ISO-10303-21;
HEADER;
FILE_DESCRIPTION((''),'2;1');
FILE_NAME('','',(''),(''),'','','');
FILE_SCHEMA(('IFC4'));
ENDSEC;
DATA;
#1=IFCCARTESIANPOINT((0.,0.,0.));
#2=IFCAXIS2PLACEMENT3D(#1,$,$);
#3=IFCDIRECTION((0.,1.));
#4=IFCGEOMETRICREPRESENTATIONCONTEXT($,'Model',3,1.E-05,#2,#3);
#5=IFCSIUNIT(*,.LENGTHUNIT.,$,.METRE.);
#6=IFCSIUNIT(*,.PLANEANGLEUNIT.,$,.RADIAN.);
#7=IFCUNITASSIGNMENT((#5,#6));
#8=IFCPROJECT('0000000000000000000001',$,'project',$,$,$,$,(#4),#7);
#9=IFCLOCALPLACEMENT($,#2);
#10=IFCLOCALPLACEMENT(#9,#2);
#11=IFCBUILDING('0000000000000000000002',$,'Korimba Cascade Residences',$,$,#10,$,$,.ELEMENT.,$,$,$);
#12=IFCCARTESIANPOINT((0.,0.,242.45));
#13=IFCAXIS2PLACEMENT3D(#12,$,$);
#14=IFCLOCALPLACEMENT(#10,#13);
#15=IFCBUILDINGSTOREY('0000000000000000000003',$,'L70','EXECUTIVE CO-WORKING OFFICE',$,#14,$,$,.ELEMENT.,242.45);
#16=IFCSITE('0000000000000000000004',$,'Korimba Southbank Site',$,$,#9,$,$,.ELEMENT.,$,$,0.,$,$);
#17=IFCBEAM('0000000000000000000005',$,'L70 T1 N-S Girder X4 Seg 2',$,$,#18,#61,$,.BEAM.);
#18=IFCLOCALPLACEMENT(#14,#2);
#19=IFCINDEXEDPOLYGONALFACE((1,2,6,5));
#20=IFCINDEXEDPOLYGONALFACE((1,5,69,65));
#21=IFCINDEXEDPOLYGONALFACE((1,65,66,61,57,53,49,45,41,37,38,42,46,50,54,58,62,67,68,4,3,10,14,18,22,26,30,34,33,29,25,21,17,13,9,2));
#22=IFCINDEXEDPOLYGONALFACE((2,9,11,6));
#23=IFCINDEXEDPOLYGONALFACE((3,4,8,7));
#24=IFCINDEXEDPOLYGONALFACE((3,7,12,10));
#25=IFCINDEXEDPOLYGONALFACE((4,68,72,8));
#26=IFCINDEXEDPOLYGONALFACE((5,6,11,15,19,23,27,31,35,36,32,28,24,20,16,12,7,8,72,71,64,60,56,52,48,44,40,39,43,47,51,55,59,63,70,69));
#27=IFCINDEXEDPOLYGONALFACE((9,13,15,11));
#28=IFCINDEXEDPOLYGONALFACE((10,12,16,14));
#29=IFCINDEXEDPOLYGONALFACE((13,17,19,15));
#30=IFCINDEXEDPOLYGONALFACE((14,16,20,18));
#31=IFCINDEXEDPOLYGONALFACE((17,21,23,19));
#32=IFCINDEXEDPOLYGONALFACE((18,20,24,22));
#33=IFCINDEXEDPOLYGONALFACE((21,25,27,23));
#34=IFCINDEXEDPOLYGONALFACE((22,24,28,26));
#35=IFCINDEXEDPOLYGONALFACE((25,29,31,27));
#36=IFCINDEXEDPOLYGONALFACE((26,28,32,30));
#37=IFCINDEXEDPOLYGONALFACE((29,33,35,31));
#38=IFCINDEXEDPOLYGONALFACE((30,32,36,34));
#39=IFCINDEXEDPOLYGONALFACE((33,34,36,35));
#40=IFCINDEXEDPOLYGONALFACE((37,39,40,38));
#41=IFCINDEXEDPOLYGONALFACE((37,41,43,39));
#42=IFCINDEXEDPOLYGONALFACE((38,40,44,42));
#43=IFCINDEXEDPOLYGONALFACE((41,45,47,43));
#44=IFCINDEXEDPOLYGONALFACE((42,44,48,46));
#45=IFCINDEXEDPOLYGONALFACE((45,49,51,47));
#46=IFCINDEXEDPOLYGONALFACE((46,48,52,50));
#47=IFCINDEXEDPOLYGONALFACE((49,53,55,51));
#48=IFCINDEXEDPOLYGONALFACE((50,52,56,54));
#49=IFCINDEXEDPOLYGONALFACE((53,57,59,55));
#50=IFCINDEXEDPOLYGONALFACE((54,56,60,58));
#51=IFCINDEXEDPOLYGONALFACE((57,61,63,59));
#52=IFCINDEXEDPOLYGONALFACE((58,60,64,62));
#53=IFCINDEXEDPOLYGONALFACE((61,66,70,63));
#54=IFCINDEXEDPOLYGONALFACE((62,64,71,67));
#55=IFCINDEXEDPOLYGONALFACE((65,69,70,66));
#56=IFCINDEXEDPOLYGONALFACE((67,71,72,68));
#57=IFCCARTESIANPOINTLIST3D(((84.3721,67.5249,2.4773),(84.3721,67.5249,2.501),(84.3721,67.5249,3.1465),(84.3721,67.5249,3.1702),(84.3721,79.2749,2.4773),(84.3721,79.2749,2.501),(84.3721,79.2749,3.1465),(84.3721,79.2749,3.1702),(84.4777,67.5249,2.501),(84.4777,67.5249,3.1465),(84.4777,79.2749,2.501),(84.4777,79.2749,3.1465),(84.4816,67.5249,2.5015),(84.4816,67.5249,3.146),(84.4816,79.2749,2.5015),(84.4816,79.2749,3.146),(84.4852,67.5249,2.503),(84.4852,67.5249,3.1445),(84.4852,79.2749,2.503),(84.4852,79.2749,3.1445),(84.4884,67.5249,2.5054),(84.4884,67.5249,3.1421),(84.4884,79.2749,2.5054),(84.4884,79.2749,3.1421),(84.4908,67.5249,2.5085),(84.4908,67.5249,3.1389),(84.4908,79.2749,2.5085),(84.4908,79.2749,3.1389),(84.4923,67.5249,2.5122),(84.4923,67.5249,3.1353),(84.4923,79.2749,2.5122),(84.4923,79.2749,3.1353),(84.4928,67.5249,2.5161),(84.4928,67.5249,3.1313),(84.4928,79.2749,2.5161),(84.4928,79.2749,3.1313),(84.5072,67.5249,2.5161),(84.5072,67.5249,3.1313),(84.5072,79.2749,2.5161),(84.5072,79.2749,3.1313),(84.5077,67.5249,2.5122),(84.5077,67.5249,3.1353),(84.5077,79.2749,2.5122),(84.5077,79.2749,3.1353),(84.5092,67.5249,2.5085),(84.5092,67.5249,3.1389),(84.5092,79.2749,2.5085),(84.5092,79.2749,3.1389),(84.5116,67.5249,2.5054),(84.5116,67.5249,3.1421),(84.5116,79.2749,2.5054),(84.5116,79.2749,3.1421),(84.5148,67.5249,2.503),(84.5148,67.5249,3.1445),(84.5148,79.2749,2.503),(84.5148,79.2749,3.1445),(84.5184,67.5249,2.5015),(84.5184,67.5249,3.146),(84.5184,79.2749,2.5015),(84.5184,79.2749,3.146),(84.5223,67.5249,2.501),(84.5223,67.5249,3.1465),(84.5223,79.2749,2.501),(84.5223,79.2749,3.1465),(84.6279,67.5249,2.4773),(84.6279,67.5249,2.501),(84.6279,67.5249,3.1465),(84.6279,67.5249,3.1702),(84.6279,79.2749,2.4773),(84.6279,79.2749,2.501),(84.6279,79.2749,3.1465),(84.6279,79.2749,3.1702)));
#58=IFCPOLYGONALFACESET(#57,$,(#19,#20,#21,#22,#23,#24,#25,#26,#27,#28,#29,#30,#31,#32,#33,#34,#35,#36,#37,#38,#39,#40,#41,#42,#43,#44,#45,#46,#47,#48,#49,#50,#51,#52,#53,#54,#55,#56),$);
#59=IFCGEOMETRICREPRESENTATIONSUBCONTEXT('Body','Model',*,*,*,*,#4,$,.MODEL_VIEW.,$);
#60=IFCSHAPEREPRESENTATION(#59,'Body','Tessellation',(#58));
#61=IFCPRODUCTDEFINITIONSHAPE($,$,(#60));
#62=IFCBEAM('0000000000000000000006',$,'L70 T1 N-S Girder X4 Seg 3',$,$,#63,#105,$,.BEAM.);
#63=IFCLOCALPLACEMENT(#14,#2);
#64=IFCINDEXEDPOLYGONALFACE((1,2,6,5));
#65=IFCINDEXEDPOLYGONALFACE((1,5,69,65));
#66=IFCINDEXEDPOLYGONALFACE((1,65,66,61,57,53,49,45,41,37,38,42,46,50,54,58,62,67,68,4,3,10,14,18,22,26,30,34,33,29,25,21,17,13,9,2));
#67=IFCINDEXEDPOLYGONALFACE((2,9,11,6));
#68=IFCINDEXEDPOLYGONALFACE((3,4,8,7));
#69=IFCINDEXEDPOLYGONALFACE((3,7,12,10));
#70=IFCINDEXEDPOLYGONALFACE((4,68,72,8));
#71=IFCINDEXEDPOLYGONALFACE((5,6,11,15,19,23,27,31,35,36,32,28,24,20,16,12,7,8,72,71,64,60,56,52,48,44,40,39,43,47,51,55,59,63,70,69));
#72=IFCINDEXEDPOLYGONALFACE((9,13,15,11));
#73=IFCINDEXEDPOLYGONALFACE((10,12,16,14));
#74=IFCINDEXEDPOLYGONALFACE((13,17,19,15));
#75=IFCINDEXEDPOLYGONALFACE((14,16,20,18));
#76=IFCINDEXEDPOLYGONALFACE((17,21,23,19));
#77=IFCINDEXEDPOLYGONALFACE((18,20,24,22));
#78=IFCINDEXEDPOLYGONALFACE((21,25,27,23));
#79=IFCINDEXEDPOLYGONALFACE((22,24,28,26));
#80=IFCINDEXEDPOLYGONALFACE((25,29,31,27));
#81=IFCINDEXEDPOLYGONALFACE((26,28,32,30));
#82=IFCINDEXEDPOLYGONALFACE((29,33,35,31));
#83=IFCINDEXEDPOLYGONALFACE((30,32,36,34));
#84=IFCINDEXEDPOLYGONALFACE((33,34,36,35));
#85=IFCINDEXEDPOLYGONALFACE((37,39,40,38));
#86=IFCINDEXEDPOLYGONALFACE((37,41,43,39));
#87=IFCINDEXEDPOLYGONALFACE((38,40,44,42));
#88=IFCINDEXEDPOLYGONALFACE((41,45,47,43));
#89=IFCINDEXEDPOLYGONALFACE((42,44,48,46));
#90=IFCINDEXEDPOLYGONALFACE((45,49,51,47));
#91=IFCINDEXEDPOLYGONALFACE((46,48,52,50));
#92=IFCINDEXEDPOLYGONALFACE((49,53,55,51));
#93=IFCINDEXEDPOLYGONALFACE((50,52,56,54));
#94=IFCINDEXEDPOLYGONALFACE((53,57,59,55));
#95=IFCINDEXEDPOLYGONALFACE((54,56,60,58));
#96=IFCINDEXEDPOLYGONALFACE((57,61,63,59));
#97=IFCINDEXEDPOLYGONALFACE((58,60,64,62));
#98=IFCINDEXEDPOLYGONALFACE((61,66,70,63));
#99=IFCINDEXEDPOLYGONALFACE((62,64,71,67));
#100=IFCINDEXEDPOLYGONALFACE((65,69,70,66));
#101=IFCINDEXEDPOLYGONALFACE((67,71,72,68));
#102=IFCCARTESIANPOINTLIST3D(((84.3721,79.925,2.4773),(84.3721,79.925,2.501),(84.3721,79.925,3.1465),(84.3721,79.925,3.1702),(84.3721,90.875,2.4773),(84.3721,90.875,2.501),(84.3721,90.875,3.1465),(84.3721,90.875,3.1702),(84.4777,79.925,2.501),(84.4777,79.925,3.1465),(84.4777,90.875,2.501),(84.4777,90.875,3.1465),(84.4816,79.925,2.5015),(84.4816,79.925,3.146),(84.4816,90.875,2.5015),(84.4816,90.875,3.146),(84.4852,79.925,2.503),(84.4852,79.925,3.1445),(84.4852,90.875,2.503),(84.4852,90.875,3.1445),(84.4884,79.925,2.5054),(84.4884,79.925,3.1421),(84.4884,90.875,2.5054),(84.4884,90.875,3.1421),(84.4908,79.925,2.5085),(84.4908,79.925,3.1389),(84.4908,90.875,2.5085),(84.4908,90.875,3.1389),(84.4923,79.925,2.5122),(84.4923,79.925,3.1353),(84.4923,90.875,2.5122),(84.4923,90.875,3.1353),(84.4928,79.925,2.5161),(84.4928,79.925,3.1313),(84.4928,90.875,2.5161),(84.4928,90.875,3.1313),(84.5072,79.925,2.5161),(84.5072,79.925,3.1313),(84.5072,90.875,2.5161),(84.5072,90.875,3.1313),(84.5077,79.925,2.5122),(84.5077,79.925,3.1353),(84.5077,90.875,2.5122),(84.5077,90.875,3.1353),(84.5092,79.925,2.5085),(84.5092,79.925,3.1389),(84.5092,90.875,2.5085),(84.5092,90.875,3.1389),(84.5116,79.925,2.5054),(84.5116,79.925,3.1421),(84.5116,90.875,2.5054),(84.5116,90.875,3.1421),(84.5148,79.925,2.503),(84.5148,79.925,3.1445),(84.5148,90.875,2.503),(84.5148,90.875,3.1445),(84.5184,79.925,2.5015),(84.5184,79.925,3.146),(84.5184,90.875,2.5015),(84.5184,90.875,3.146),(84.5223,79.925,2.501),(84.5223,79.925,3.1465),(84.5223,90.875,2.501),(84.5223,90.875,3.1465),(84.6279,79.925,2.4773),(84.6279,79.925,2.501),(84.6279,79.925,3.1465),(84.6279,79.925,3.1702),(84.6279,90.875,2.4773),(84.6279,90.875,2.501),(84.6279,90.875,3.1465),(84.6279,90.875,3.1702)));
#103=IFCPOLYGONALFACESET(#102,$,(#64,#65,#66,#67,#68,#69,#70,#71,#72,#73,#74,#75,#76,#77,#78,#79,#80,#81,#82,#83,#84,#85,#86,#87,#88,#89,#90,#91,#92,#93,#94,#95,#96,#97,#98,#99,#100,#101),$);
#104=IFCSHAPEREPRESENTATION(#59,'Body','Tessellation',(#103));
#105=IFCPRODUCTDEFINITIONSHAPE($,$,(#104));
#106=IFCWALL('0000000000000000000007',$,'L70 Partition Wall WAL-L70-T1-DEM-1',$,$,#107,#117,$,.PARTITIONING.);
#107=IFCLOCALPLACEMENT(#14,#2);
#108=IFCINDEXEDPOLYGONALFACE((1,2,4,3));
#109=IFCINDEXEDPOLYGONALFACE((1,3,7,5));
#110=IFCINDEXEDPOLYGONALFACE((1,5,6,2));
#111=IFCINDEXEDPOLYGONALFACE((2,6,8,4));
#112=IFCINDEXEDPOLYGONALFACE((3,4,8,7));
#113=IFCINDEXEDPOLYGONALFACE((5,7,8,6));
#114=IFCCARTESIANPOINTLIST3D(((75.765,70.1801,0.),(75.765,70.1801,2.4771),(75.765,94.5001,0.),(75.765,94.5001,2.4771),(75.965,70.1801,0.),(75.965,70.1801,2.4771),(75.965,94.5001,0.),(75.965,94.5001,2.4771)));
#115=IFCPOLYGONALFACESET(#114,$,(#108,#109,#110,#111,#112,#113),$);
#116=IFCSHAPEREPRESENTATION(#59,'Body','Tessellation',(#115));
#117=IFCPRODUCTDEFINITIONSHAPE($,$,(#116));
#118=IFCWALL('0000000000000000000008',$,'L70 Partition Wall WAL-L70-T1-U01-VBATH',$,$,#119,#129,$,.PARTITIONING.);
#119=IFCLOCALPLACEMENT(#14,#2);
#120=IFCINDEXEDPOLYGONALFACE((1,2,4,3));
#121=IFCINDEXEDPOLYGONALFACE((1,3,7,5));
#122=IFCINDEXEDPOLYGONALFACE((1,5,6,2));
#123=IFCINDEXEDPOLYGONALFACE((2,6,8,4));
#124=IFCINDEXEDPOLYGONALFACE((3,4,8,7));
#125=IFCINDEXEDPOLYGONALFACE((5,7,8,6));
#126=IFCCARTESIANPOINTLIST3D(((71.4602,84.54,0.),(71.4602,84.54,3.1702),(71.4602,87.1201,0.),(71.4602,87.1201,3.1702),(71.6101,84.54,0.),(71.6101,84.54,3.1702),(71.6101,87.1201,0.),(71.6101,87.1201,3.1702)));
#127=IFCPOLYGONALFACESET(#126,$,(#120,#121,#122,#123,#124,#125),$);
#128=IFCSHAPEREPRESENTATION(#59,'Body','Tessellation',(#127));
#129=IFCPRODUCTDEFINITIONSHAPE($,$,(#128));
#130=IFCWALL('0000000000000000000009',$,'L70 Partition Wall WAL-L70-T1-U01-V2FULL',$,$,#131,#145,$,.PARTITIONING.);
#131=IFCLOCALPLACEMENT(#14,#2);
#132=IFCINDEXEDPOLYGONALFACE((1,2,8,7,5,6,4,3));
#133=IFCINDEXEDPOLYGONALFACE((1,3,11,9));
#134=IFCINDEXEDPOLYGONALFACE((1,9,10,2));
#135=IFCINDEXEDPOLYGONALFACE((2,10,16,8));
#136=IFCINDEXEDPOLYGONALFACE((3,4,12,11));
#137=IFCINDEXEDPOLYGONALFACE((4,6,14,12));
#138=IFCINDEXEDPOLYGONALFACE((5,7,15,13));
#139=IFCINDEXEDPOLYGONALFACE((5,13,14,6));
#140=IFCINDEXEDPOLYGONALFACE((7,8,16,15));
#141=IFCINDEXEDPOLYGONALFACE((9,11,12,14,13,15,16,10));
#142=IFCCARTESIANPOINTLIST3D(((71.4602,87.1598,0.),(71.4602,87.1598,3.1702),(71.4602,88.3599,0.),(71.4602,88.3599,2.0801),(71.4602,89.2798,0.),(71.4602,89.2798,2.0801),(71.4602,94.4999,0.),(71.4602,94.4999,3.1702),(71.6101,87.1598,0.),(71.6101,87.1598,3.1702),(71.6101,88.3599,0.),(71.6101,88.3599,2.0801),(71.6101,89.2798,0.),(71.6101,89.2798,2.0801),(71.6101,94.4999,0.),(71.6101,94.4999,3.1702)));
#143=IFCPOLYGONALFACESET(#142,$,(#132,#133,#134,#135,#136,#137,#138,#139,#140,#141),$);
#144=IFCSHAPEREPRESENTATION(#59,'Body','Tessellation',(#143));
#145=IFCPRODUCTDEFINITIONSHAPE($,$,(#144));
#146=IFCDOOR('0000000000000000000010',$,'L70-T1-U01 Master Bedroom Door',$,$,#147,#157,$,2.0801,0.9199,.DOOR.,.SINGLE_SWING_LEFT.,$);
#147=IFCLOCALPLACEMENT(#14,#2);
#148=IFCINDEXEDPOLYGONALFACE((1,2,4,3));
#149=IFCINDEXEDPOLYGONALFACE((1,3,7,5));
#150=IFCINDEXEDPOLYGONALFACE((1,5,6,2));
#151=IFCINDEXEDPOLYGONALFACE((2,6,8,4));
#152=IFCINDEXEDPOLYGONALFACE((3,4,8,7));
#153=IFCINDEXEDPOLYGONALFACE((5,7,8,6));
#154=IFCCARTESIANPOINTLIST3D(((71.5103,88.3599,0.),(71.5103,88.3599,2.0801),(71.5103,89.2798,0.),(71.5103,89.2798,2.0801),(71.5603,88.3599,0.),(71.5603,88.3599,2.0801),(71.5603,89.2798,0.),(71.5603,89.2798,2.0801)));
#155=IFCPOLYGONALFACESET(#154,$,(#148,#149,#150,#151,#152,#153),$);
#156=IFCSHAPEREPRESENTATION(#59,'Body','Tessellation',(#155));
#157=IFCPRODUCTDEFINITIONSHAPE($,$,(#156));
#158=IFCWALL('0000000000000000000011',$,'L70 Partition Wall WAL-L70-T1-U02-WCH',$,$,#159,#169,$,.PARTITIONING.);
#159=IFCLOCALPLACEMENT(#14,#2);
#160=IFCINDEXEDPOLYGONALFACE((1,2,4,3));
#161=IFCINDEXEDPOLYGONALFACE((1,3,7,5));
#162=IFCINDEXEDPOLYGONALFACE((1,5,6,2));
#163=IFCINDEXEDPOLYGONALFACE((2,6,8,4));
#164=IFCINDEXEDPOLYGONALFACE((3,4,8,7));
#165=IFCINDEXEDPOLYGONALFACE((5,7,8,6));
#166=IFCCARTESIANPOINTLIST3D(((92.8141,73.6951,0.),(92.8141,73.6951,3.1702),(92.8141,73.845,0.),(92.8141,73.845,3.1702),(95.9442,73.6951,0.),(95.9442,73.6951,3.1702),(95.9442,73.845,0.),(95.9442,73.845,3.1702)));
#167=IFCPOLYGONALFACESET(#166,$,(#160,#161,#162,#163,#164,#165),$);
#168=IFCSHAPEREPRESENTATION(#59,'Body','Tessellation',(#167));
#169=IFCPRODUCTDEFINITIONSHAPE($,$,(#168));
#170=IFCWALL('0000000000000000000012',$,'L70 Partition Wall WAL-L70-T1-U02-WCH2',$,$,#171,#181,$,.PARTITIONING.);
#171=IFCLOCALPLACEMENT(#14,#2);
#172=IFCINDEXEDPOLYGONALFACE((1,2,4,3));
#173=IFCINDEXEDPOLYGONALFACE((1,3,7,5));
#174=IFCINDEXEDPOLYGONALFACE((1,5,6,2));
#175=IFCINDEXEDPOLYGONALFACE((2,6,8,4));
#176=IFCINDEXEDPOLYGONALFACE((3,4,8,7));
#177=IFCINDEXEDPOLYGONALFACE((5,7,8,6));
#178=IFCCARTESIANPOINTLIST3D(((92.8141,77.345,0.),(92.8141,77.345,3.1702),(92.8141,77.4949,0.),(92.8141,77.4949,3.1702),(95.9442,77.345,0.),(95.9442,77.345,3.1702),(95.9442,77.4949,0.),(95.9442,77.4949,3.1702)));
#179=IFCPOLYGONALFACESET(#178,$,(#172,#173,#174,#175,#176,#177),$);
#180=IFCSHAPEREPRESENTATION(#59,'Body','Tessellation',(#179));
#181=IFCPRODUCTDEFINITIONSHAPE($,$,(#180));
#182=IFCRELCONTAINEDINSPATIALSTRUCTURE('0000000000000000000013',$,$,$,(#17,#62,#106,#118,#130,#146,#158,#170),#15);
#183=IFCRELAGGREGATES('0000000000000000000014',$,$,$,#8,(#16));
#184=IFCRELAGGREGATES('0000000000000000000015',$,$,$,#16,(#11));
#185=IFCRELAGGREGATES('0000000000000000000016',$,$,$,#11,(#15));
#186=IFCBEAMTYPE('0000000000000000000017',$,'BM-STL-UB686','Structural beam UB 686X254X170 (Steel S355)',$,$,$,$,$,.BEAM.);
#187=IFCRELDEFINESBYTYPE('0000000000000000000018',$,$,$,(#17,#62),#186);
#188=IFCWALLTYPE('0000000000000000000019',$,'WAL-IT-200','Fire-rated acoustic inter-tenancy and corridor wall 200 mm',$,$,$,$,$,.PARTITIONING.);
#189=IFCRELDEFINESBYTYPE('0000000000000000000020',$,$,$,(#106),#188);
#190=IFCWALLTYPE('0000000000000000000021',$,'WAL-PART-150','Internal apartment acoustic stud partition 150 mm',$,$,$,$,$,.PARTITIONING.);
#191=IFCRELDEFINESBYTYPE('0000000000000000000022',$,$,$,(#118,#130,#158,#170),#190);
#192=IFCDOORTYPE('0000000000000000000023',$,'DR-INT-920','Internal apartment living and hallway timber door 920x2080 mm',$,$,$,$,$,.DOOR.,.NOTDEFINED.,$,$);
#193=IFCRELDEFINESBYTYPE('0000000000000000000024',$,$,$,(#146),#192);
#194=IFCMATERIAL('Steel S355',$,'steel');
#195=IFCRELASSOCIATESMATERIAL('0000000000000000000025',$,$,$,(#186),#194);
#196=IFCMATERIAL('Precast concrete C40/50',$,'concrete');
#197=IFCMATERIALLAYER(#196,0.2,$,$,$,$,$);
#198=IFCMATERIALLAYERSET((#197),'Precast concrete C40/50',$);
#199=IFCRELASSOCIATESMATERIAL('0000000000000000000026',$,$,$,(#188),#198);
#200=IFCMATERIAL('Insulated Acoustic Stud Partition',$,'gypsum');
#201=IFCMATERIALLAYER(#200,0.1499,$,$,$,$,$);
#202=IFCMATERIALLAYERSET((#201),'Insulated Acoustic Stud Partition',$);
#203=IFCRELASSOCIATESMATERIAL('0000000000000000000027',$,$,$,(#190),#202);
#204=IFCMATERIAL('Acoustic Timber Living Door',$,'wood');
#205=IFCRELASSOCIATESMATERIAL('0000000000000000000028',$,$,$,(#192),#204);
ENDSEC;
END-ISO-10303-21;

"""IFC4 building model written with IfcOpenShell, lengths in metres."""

from ifc_helpers import new_model, si_unit, direction, frame, frame_2d, origin, origin_2d, place, context, subcontext, project, spatial, rectangle, i_section, extrude, material, layer, layer_set, material_profile, profile_set, type_object, element, fill, save


model = new_model("IFC4")

# Units and contexts
model_context = context("Model", 3, precision=1e-05, world=origin(), true_north=direction((0.0, 1.0)))
body_context = subcontext(model_context, "Body", "Model", "MODEL_VIEW")
ifc_project = project(units=[si_unit("LENGTHUNIT", "METRE"), si_unit("PLANEANGLEUNIT", "RADIAN")], contexts=[model_context])

# Site, building, storey
site_placement = place(None, origin())
site = spatial("IfcSite", under=ifc_project, at=site_placement, Name="Korimba Southbank Site", CompositionType="ELEMENT", RefElevation=0.0)
building_placement = place(site_placement, origin())
building = spatial("IfcBuilding", under=site, at=building_placement, Name="Korimba Cascade Residences", CompositionType="ELEMENT")
storey_placement = place(building_placement, frame((0.0, 0.0, 242.45)))
storey = spatial("IfcBuildingStorey", under=building, at=storey_placement, Name="L70", Description="EXECUTIVE CO-WORKING OFFICE", CompositionType="ELEMENT", Elevation=242.45)

# Beams
ifc_material_1 = material(Name="Steel S355", Category="steel")
ifc_material_profile_1 = material_profile(ifc_material_1, i_section(OverallWidth=0.2559, OverallDepth=0.6929, WebThickness=0.0144, FlangeThickness=0.0237, FilletRadius=0.0151, at=origin_2d()), Name="Steel S355")
ifc_profile_set_1 = profile_set([ifc_material_profile_1], Name="Steel S355")
beam_type_1 = type_object("IfcBeamType", Name="BM-STL-UB686", Description="Structural beam UB 686X254X170 (Steel S355)", PredefinedType="BEAM", material=ifc_profile_set_1)
beam_1_placement = place(storey_placement, frame((84.5, 67.5249, 2.8237), z_axis=(0.0, 1.0, 0.0), x_axis=(-1.0, 0.0, 0.0)))
element("IfcBeam", 1, at=beam_1_placement, inside=storey, type_object=beam_type_1, Name="L70 T1 N-S Girder X4 Seg 2", PredefinedType="BEAM", context=body_context, shape_type="SweptSolid", body=[
    extrude(i_section(OverallWidth=0.2559, OverallDepth=0.6929, WebThickness=0.0144, FlangeThickness=0.0237, FilletRadius=0.0151, at=origin_2d()), origin(), (0.0, 0.0, 1.0), 11.75),
])
beam_2_placement = place(storey_placement, frame((84.5, 79.925, 2.8237), z_axis=(0.0, 1.0, 0.0), x_axis=(-1.0, 0.0, 0.0)))
element("IfcBeam", 2, at=beam_2_placement, inside=storey, type_object=beam_type_1, Name="L70 T1 N-S Girder X4 Seg 3", PredefinedType="BEAM", context=body_context, shape_type="SweptSolid", body=[
    extrude(i_section(OverallWidth=0.2559, OverallDepth=0.6929, WebThickness=0.0144, FlangeThickness=0.0237, FilletRadius=0.0151, at=origin_2d()), origin(), (0.0, 0.0, 1.0), 10.95),
])

# Walls
ifc_material_2 = material(Name="Precast concrete C40/50", Category="concrete")
ifc_layer_1 = layer(ifc_material_2, 0.2)
ifc_layer_set_1 = layer_set([ifc_layer_1], Name="Precast concrete C40/50")
wall_type_1 = type_object("IfcWallType", Name="WAL-IT-200", Description="Fire-rated acoustic inter-tenancy and corridor wall 200 mm", PredefinedType="PARTITIONING", material=ifc_layer_set_1)
wall_1_placement = place(storey_placement, frame((75.865, 70.1799, 0.0), z_axis=(0.0, 0.0, 1.0), x_axis=(0.0, 1.0, 0.0)))
element("IfcWall", 3, at=wall_1_placement, inside=storey, type_object=wall_type_1, Name="L70 Partition Wall WAL-L70-T1-DEM-1", PredefinedType="PARTITIONING", context=body_context, shape_type="SweptSolid", body=[
    extrude(rectangle(XDim=24.3201, YDim=0.2, at=frame_2d((12.1602, 0.0))), origin(), (0.0, 0.0, 1.0), 2.4771),
])
ifc_material_3 = material(Name="Insulated Acoustic Stud Partition", Category="gypsum")
ifc_layer_2 = layer(ifc_material_3, 0.1499)
ifc_layer_set_2 = layer_set([ifc_layer_2], Name="Insulated Acoustic Stud Partition")
wall_type_2 = type_object("IfcWallType", Name="WAL-PART-150", Description="Internal apartment acoustic stud partition 150 mm", PredefinedType="PARTITIONING", material=ifc_layer_set_2)
wall_2_placement = place(storey_placement, frame((71.5352, 84.54, 0.0), z_axis=(0.0, 0.0, 1.0), x_axis=(0.0, 1.0, 0.0)))
element("IfcWall", 4, at=wall_2_placement, inside=storey, type_object=wall_type_2, Name="L70 Partition Wall WAL-L70-T1-U01-VBATH", PredefinedType="PARTITIONING", context=body_context, shape_type="SweptSolid", body=[
    extrude(rectangle(XDim=2.5801, YDim=0.1499, at=frame_2d((1.29, 0.0))), origin(), (0.0, 0.0, 1.0), 3.1702),
])

# Wall, opening, door
wall_3_placement = place(storey_placement, frame((71.5352, 87.1599, 0.0), z_axis=(0.0, 0.0, 1.0), x_axis=(0.0, 1.0, 0.0)))
wall_3 = element("IfcWall", 5, at=wall_3_placement, inside=storey, type_object=wall_type_2, Name="L70 Partition Wall WAL-L70-T1-U01-V2FULL", PredefinedType="PARTITIONING", context=body_context, shape_type="SweptSolid", body=[
    extrude(rectangle(XDim=7.3401, YDim=0.1499, at=frame_2d((3.6699, 0.0))), origin(), (0.0, 0.0, 1.0), 3.1702),
])
opening_1_placement = place(wall_3_placement, frame((1.2, 0.0, 0.0)))
opening_1 = element("IfcOpeningElement", 6, at=opening_1_placement, cuts=wall_3, PredefinedType="OPENING", context=body_context, shape_type="SweptSolid", body=[
    extrude(rectangle(XDim=0.9199, YDim=2.0801, at=frame_2d((0.46, 1.04))), frame((0.0, 0.085, 0.0), z_axis=(0.0, -1.0, 0.0), x_axis=(1.0, 0.0, 0.0)), (0.0, 0.0, 1.0), 0.1699),
])
ifc_material_4 = material(Name="Acoustic Timber Living Door", Category="wood")
door_type_1 = type_object("IfcDoorType", Name="DR-INT-920", Description="Internal apartment living and hallway timber door 920x2080 mm", OperationType="NOTDEFINED", PredefinedType="DOOR", material=ifc_material_4)
door_1_placement = place(opening_1_placement, origin())
door_1 = element("IfcDoor", 7, at=door_1_placement, inside=storey, type_object=door_type_1, Name="L70-T1-U01 Master Bedroom Door", OperationType="SINGLE_SWING_LEFT", OverallHeight=2.0801, OverallWidth=0.9199, PredefinedType="DOOR", context=body_context, shape_type="SweptSolid", body=[
    extrude(rectangle(XDim=0.9199, YDim=2.0801, at=frame_2d((0.46, 1.04))), frame((0.0, 0.0249, 0.0), z_axis=(0.0, -1.0, 0.0), x_axis=(1.0, 0.0, 0.0)), (0.0, 0.0, 1.0), 0.05),
])
fill(opening_1, door_1)

# Walls
for number, where, z_axis, x_axis, name in (
    (8, (92.8142, 73.77, 0.0), (0.0, 0.0, 1.0), (1.0, 0.0, 0.0), "L70 Partition Wall WAL-L70-T1-U02-WCH"),
    (9, (92.8142, 77.4199, 0.0), (0.0, 0.0, 1.0), (1.0, 0.0, 0.0), "L70 Partition Wall WAL-L70-T1-U02-WCH2"),
):
    element("IfcWall", number, at=place(storey_placement, frame(where, z_axis=z_axis, x_axis=x_axis)), inside=storey, type_object=wall_type_2, Name=name, PredefinedType="PARTITIONING", context=body_context, shape_type="SweptSolid", body=[
        extrude(rectangle(XDim=3.1301, YDim=0.1499, at=frame_2d((1.5649, 0.0))), origin(), (0.0, 0.0, 1.0), 3.1702),
    ])

save(model, "model.ifc")
